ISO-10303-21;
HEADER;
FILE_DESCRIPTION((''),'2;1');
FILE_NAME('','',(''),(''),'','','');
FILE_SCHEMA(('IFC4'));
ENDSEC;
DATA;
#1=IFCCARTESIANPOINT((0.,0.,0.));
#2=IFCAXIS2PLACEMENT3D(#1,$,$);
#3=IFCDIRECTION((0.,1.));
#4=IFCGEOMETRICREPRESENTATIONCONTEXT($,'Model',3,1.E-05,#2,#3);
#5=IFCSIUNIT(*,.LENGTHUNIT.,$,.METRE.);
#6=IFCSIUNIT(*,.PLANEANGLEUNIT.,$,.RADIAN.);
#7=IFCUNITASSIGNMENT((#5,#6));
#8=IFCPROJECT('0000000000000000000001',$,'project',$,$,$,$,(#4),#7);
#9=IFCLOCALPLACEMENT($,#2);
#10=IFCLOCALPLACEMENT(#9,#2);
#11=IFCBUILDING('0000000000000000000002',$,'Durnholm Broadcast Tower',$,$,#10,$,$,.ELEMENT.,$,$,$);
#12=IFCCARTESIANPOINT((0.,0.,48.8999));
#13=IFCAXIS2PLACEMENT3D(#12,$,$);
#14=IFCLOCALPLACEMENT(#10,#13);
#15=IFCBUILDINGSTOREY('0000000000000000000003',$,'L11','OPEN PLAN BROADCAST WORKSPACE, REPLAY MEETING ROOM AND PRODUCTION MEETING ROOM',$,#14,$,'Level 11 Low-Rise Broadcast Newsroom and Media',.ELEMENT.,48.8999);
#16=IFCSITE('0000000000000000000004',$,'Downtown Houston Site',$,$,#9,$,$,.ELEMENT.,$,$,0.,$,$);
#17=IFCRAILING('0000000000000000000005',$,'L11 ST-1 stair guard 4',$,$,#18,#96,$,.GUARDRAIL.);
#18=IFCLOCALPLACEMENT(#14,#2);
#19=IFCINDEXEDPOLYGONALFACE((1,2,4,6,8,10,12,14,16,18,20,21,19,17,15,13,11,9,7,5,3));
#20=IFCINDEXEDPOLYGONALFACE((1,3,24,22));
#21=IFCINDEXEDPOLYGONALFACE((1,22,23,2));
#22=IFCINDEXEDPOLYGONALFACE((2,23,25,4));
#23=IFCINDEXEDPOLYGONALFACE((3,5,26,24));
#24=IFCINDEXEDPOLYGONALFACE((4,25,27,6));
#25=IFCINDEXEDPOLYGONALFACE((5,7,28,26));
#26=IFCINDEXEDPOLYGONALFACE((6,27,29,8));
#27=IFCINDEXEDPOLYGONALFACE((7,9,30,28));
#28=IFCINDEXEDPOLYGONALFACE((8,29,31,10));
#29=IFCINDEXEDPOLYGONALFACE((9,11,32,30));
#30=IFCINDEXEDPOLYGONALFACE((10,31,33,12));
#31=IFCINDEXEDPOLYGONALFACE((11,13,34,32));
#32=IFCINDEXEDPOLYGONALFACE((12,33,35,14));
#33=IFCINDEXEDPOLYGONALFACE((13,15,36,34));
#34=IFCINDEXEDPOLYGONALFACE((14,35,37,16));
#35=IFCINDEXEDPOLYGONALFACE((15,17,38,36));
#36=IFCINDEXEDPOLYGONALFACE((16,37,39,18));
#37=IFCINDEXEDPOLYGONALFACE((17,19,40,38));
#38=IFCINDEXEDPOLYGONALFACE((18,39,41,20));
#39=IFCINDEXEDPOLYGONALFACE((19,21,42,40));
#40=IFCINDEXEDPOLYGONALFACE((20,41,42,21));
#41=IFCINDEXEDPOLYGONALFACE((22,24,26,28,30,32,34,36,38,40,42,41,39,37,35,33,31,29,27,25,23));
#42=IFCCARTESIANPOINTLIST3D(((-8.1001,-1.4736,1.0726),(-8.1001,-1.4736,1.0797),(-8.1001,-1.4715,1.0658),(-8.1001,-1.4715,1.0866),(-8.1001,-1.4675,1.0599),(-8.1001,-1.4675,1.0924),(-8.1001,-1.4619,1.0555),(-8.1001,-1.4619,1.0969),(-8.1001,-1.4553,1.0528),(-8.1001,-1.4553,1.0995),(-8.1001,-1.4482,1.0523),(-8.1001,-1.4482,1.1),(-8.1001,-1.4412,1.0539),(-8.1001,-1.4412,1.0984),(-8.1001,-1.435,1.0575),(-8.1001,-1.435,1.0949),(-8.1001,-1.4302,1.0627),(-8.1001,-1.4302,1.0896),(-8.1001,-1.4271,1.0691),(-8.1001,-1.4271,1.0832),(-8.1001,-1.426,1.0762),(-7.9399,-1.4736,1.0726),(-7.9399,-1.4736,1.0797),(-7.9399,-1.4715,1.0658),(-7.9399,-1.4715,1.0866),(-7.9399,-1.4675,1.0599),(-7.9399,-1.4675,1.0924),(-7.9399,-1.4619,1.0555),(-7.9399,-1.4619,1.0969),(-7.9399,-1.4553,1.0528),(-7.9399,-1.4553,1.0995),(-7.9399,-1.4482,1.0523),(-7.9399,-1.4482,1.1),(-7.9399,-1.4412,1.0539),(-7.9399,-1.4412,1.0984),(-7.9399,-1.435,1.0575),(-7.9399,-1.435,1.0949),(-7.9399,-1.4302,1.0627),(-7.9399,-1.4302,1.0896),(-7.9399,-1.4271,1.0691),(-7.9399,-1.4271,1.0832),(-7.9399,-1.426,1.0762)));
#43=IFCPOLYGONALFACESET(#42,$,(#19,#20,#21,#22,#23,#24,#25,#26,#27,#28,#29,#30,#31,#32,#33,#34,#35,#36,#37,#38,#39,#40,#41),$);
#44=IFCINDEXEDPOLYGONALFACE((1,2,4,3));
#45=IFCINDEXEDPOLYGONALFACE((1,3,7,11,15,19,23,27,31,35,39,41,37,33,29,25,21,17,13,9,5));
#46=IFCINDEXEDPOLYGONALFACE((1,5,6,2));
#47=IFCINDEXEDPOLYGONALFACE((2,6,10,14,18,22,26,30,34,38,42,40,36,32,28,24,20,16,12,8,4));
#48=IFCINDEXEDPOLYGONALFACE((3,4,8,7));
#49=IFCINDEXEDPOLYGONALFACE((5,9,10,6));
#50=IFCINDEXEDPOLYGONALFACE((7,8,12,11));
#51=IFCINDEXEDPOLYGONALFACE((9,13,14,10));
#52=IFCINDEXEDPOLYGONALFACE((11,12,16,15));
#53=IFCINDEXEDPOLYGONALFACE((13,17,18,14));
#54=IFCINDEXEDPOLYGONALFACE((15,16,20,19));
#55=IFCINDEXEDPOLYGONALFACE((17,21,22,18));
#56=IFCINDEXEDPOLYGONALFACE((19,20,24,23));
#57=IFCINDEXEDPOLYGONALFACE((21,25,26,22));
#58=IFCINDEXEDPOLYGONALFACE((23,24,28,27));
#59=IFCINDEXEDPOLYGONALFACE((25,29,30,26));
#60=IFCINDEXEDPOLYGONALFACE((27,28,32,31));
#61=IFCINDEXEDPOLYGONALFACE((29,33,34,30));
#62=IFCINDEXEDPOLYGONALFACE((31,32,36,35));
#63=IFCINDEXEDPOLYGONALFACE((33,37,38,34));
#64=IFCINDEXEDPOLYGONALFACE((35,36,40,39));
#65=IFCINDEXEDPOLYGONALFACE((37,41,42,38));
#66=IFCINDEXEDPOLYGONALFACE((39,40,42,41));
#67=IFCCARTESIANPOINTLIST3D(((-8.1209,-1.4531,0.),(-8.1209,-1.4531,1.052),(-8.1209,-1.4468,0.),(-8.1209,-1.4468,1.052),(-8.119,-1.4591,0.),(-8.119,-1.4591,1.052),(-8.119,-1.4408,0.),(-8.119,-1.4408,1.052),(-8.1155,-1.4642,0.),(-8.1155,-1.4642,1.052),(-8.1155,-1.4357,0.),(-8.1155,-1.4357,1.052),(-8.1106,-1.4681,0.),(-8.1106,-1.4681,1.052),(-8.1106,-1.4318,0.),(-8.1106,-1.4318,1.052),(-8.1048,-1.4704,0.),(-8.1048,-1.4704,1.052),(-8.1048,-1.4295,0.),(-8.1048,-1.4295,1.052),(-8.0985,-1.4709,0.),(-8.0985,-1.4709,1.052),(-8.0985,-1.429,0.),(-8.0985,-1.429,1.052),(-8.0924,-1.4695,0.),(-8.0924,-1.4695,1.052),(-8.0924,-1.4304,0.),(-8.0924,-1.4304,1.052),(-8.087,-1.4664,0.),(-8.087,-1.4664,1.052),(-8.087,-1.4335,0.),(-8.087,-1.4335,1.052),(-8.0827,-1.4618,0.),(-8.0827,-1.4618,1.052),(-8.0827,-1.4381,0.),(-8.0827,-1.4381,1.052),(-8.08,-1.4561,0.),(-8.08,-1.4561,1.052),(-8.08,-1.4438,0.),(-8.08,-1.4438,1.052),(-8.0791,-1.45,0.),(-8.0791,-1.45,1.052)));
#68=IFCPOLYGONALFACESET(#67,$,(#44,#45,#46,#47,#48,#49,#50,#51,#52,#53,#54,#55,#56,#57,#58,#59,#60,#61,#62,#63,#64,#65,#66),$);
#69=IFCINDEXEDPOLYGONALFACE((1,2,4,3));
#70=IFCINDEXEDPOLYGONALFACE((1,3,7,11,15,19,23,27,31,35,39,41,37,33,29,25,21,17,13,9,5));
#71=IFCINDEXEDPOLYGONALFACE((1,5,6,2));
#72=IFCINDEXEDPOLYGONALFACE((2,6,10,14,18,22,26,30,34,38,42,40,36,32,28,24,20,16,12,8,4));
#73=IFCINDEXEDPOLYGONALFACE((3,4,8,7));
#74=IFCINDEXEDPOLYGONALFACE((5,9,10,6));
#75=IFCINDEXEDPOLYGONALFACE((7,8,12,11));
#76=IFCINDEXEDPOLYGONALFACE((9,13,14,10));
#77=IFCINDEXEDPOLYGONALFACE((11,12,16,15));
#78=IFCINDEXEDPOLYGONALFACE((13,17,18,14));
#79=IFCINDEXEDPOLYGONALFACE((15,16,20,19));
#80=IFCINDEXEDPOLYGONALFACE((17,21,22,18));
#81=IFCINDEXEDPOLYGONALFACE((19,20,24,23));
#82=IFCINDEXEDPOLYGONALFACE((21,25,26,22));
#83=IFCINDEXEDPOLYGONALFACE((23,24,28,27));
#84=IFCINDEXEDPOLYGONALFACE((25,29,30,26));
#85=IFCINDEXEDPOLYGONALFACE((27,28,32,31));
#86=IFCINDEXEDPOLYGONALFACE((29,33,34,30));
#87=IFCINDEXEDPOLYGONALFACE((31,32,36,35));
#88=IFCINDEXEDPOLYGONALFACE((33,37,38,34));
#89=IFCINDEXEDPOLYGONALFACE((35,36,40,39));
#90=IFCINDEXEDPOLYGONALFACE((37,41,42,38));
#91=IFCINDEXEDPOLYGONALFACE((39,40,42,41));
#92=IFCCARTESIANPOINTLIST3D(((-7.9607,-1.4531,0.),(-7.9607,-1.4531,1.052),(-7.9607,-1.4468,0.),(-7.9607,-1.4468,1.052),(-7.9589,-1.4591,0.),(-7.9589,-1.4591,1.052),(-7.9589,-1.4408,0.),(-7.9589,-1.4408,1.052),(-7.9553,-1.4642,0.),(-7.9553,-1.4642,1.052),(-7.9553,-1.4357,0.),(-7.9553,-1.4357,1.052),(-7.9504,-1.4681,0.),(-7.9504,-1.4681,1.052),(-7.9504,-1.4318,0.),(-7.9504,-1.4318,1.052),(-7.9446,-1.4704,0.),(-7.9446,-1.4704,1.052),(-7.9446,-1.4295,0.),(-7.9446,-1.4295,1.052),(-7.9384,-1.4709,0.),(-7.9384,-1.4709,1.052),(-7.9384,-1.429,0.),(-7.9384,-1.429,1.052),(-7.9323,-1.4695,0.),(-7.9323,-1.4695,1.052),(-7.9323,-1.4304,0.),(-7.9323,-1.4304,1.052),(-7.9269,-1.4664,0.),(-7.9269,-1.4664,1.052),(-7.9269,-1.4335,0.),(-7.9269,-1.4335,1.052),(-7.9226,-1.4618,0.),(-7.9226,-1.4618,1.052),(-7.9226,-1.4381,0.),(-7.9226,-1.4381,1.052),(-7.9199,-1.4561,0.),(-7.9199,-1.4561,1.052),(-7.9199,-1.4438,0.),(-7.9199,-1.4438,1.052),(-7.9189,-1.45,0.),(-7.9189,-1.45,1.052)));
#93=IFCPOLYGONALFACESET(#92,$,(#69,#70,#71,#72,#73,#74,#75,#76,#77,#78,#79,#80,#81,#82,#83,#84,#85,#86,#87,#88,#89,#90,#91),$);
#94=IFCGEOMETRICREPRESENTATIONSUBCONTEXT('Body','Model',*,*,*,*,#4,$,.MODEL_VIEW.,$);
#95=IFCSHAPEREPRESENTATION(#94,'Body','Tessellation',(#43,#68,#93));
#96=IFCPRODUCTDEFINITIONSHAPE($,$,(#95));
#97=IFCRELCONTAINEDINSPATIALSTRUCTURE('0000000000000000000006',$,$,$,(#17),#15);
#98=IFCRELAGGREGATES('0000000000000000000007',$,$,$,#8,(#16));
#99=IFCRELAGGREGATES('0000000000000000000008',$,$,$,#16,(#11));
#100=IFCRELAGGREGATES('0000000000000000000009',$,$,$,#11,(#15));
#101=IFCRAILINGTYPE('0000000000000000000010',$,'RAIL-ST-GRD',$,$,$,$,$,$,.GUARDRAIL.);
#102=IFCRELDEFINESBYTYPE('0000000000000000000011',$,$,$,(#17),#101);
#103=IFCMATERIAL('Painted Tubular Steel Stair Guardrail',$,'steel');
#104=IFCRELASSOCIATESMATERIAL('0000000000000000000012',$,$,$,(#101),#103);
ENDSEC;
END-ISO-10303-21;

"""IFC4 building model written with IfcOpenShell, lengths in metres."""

from ifc_helpers import new_model, si_unit, direction, frame, origin, origin_2d, place, context, subcontext, project, spatial, circle, extrude, material, type_object, element, save


model = new_model("IFC4")

# Units and contexts
model_context = context("Model", 3, precision=1e-05, world=origin(), true_north=direction((0.0, 1.0)))
body_context = subcontext(model_context, "Body", "Model", "MODEL_VIEW")
ifc_project = project(units=[si_unit("LENGTHUNIT", "METRE"), si_unit("PLANEANGLEUNIT", "RADIAN")], contexts=[model_context])

# Site, building, storey
site_placement = place(None, origin())
site = spatial("IfcSite", under=ifc_project, at=site_placement, Name="Downtown Houston Site", CompositionType="ELEMENT", RefElevation=0.0)
building_placement = place(site_placement, origin())
building = spatial("IfcBuilding", under=site, at=building_placement, Name="Durnholm Broadcast Tower", CompositionType="ELEMENT")
storey_placement = place(building_placement, frame((0.0, 0.0, 48.8999)))
storey = spatial("IfcBuildingStorey", under=building, at=storey_placement, Name="L11", Description="OPEN PLAN BROADCAST WORKSPACE, REPLAY MEETING ROOM AND PRODUCTION MEETING ROOM", LongName="Level 11 Low-Rise Broadcast Newsroom and Media", CompositionType="ELEMENT", Elevation=48.8999)

# Railing
ifc_material_1 = material(Name="Painted Tubular Steel Stair Guardrail", Category="steel")
railing_type_1 = type_object("IfcRailingType", Name="RAIL-ST-GRD", PredefinedType="GUARDRAIL", material=ifc_material_1)
railing_1_placement = place(storey_placement, frame((-8.1001, -1.45, 0.0)))
element("IfcRailing", 1, at=railing_1_placement, inside=storey, type_object=railing_type_1, Name="L11 ST-1 stair guard 4", PredefinedType="GUARDRAIL", context=body_context, shape_type="SweptSolid", body=[
    extrude(circle(Radius=0.0239, at=origin_2d()), frame((0.0, 0.0, 1.0762), z_axis=(1.0, 0.0, 0.0), x_axis=(0.0, 1.0, 0.0)), (0.0, 0.0, 1.0), 0.1602),
    extrude(circle(Radius=0.021, at=origin_2d()), origin(), (0.0, 0.0, 1.0), 1.052),
    extrude(circle(Radius=0.021, at=origin_2d()), frame((0.1602, 0.0, 0.0)), (0.0, 0.0, 1.0), 1.052),
])

save(model, "model.ifc")
